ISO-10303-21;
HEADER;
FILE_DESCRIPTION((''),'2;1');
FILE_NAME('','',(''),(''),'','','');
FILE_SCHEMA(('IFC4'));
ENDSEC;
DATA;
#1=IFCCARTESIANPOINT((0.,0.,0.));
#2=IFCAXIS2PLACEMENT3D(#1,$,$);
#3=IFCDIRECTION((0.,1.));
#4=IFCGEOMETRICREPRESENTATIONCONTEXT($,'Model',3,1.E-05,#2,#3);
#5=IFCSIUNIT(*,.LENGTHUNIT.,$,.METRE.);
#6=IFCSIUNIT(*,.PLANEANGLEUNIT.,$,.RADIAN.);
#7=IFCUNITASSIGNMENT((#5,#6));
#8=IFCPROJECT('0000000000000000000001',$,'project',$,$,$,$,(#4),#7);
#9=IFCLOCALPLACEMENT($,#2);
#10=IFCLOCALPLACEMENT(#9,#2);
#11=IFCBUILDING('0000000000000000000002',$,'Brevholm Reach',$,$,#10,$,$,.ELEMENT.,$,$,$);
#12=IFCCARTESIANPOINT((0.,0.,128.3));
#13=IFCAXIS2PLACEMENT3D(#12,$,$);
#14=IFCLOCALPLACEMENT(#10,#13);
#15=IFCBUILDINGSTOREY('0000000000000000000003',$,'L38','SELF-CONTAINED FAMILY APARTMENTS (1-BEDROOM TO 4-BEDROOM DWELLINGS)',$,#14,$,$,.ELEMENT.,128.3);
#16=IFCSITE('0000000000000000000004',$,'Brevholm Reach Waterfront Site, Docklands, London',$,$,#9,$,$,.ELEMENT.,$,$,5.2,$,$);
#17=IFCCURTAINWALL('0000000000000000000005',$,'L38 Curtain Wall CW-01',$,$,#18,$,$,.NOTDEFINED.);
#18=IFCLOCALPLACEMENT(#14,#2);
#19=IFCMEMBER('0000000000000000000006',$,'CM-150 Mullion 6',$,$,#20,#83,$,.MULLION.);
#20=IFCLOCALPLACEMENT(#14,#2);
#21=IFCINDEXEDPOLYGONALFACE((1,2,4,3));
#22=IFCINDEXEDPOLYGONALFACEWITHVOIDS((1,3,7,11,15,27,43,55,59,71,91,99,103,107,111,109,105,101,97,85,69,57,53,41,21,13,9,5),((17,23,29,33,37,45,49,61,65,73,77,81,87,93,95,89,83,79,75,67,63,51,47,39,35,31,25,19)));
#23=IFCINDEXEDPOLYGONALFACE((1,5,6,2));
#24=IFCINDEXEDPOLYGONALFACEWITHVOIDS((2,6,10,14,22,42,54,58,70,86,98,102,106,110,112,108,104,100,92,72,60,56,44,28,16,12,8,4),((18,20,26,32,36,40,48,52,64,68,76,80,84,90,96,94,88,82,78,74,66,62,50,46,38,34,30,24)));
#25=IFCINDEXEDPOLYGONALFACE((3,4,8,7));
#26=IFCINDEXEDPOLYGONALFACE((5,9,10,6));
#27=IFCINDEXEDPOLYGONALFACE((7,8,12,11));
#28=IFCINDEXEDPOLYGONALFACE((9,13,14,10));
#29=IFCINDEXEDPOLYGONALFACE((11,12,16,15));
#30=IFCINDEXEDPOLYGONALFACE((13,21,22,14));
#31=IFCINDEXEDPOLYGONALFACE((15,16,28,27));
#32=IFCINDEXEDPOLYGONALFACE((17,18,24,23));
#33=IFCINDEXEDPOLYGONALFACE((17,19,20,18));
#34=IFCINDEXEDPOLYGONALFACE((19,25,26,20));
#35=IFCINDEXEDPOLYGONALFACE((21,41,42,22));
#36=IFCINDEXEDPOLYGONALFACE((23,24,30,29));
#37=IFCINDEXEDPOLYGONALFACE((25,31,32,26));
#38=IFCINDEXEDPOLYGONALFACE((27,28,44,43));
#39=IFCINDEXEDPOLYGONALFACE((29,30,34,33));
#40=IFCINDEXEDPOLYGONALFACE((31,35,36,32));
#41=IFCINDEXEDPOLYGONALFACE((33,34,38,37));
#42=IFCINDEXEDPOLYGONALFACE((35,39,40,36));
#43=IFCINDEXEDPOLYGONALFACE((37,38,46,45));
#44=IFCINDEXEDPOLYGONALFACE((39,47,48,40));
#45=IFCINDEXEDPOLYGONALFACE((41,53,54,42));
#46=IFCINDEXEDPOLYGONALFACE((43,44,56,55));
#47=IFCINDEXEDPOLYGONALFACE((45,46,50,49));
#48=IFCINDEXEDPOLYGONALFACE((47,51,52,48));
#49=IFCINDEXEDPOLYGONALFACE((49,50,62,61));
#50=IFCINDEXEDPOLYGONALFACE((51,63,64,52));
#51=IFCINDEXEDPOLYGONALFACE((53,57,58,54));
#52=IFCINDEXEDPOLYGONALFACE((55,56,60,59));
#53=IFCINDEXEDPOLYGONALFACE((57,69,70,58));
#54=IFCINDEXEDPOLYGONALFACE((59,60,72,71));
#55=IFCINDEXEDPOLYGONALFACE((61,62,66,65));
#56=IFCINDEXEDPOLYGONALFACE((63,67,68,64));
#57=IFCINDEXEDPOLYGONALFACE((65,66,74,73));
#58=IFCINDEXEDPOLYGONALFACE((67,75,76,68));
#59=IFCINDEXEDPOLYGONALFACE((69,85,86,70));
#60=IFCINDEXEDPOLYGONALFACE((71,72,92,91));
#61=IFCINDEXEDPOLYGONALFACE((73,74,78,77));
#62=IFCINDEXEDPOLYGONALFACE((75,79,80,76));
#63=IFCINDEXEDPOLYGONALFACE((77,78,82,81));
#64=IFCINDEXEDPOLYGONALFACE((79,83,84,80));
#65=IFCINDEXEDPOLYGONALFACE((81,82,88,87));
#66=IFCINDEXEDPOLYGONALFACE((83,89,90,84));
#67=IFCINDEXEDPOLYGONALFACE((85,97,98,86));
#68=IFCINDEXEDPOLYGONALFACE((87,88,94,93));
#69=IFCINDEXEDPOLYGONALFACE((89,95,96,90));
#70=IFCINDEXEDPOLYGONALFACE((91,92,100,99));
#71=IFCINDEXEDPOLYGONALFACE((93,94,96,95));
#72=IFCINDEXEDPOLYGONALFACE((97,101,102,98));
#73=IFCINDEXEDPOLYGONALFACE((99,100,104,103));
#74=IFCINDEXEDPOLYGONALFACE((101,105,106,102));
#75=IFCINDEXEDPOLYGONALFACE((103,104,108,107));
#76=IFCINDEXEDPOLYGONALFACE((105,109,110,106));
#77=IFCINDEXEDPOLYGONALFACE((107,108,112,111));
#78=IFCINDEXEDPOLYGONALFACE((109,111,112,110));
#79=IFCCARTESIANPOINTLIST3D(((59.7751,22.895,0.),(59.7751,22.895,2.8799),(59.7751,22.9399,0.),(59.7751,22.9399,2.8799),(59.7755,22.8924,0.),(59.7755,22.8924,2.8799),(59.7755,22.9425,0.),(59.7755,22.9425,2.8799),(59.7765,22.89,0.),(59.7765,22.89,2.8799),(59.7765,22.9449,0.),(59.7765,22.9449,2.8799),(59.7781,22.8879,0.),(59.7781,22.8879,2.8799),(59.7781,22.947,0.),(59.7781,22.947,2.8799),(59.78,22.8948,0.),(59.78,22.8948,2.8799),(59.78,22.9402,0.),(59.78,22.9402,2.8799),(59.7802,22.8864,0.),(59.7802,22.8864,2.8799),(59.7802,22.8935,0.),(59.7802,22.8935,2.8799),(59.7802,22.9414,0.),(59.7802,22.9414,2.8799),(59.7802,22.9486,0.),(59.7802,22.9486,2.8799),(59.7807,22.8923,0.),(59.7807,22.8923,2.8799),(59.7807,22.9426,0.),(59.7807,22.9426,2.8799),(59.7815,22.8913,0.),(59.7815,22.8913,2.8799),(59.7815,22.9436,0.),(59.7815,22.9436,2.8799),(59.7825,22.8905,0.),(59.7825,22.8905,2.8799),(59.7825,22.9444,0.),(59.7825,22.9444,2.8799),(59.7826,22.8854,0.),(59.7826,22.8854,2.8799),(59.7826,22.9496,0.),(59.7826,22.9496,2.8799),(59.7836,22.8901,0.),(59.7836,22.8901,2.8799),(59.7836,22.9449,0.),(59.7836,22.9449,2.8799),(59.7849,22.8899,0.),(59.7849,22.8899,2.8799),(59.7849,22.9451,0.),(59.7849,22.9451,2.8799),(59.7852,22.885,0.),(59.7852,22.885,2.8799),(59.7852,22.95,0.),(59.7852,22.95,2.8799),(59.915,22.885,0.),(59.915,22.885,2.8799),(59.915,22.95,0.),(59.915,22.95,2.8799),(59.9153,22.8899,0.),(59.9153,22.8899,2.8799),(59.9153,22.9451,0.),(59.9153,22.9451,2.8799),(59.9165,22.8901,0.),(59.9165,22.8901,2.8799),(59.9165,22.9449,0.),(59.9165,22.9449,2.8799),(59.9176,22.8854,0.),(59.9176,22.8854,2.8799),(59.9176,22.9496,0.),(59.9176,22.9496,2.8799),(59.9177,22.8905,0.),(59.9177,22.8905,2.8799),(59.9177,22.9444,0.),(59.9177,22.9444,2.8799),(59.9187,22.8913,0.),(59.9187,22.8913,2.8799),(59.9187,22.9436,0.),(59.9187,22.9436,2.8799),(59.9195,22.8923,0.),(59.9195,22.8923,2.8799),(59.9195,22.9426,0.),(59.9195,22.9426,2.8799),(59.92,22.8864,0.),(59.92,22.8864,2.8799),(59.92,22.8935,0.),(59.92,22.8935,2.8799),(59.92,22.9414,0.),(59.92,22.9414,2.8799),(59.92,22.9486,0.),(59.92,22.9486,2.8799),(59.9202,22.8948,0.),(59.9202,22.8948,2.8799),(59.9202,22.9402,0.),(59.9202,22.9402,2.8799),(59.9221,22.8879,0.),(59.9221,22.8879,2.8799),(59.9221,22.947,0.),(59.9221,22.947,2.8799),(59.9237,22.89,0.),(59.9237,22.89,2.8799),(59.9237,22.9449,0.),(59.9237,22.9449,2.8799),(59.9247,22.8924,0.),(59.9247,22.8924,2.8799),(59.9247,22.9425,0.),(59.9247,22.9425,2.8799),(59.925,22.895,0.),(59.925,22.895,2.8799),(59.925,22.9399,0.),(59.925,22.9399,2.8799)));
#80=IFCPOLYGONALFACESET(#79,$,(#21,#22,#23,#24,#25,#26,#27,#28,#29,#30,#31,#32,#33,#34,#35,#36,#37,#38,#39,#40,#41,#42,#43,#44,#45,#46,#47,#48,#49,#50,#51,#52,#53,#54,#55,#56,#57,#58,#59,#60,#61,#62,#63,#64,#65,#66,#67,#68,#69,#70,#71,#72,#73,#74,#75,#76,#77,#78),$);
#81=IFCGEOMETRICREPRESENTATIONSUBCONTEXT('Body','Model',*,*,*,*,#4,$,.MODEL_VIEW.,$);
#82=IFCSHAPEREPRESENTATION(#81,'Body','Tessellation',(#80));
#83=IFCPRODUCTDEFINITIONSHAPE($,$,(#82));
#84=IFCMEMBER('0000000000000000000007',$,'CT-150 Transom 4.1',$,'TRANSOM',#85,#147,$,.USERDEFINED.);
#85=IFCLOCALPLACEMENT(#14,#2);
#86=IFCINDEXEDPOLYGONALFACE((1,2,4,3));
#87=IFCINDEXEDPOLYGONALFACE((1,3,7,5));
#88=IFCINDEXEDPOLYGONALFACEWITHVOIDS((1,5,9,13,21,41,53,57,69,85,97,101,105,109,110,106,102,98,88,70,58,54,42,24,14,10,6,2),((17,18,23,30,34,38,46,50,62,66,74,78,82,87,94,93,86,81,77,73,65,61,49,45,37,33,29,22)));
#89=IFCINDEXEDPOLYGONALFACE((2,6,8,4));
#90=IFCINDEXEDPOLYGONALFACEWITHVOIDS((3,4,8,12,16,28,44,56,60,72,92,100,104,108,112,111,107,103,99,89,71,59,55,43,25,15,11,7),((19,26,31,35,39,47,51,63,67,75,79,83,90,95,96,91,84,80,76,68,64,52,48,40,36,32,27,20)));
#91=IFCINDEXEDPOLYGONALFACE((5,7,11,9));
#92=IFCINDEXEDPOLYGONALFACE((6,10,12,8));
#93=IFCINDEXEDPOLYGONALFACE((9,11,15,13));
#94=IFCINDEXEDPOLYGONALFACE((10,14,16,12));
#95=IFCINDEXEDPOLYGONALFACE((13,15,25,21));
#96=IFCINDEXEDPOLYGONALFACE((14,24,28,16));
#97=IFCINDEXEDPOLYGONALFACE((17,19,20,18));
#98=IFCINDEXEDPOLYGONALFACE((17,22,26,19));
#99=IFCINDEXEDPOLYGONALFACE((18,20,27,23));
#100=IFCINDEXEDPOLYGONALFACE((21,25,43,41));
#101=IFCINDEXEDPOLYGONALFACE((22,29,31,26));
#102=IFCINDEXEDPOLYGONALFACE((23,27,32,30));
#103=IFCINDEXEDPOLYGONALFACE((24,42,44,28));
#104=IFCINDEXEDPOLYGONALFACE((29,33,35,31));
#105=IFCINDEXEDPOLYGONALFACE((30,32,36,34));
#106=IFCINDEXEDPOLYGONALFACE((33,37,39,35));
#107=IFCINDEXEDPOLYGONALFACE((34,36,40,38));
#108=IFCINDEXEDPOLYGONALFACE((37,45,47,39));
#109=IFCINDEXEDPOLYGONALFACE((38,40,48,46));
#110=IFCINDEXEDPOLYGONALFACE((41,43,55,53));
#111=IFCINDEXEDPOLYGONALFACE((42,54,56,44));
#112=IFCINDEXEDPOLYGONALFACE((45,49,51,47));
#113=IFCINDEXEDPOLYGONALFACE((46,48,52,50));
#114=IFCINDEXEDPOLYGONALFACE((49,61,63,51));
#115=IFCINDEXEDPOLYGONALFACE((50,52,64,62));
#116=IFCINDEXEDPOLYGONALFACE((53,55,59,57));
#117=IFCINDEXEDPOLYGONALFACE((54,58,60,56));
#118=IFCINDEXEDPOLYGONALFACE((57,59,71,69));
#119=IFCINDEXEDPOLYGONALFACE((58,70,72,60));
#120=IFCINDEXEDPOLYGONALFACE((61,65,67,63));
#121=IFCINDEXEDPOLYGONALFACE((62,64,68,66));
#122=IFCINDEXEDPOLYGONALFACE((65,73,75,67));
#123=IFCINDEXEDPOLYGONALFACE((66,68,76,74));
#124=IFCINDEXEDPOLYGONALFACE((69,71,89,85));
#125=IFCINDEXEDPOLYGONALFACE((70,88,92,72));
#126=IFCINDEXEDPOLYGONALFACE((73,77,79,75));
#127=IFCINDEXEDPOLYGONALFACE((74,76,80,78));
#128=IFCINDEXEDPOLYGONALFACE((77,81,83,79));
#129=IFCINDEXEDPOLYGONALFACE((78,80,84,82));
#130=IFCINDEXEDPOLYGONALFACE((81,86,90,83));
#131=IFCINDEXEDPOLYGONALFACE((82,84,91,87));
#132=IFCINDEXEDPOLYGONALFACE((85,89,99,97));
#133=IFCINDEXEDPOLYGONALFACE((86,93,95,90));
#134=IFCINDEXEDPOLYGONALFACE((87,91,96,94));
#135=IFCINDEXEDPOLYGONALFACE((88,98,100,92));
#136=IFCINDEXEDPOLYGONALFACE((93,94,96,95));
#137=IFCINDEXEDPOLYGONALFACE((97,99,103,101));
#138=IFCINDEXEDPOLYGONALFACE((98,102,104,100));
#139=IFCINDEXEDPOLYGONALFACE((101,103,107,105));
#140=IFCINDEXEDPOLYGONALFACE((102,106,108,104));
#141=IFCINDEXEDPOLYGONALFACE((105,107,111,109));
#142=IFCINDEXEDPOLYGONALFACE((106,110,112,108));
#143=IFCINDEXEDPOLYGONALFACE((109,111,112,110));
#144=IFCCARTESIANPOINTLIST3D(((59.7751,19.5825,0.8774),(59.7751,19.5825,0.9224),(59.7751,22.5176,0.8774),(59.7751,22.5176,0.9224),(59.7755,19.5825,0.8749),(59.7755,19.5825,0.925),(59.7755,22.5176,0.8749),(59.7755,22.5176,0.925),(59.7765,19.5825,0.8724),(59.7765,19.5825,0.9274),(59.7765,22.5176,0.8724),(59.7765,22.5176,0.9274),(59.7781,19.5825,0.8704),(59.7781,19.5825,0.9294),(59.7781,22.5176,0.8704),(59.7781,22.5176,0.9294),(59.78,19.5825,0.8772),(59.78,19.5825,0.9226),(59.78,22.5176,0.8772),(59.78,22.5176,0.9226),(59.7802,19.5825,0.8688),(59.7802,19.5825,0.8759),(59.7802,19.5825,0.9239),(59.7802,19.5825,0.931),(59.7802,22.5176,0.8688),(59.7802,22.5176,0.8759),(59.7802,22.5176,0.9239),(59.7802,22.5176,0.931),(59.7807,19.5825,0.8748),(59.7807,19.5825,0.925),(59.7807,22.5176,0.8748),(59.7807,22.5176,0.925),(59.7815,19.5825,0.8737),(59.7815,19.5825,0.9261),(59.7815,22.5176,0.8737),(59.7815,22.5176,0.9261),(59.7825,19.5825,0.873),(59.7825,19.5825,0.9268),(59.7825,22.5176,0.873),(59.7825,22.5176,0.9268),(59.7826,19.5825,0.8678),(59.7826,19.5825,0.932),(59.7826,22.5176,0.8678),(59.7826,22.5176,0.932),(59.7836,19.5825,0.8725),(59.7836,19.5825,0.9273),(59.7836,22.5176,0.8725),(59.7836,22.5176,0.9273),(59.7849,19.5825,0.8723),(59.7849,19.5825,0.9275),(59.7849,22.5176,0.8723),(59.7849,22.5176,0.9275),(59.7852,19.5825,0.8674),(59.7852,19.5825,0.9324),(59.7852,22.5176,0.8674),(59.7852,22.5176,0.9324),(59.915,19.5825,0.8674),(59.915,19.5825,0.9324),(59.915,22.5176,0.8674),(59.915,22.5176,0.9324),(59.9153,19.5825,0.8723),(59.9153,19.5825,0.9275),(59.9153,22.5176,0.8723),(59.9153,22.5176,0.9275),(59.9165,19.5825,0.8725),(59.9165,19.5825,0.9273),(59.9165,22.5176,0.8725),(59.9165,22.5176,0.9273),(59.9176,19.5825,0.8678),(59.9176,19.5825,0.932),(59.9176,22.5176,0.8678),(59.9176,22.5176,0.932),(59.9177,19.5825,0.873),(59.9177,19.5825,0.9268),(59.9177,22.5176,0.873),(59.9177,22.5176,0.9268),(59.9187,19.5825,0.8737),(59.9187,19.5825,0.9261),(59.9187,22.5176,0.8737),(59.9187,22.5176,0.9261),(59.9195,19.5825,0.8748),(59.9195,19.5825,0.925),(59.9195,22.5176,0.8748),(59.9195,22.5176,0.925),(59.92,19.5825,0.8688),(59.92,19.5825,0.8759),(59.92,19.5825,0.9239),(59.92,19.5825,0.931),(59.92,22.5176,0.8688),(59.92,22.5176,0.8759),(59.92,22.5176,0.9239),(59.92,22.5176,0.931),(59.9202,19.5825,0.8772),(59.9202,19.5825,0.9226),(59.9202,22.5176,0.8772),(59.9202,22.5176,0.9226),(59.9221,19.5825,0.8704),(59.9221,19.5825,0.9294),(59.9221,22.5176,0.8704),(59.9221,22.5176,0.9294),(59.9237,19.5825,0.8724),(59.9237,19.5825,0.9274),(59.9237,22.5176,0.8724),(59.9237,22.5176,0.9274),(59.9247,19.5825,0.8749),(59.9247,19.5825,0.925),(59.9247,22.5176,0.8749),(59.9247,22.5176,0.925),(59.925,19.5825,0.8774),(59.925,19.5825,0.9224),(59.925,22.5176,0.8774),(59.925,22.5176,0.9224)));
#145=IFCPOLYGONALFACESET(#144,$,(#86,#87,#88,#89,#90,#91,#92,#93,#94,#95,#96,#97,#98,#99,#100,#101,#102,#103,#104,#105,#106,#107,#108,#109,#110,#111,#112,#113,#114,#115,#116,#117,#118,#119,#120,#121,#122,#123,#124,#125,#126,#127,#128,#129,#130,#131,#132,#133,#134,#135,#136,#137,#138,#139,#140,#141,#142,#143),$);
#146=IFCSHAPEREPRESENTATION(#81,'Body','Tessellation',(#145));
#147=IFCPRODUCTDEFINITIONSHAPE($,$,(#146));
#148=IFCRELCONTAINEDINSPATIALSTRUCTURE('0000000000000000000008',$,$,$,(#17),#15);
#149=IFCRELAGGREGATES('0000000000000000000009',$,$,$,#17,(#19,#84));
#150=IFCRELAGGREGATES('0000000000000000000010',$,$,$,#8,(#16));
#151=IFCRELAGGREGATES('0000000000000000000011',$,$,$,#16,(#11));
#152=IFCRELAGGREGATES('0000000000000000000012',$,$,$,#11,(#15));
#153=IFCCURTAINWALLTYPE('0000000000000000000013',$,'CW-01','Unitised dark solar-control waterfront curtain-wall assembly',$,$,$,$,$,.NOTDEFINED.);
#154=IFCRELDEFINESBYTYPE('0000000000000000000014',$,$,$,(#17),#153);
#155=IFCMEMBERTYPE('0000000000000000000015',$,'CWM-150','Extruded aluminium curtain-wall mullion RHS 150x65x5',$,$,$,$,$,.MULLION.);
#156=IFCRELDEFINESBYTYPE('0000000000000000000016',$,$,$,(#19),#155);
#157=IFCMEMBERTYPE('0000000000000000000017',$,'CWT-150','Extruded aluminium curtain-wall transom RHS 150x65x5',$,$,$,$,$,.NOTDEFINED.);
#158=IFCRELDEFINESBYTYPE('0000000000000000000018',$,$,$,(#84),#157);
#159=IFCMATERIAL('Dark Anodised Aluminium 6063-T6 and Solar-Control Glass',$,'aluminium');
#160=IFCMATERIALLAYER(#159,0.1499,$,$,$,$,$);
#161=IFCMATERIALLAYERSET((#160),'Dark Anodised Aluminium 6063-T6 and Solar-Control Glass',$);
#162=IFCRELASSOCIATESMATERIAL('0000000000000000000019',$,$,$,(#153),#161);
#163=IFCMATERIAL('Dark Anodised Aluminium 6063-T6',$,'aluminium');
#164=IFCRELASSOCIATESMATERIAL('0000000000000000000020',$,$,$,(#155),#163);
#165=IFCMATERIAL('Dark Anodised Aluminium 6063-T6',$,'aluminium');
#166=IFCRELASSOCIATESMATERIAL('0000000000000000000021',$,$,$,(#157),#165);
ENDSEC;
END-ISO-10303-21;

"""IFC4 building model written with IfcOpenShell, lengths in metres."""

from ifc_helpers import new_model, si_unit, direction, frame, origin, origin_2d, place, context, subcontext, project, spatial, hollow_rectangle, extrude, material, layer, layer_set, material_profile, profile_set, type_object, element, aggregate, save


model = new_model("IFC4")

# Units and contexts
model_context = context("Model", 3, precision=1e-05, world=origin(), true_north=direction((0.0, 1.0)))
body_context = subcontext(model_context, "Body", "Model", "MODEL_VIEW")
ifc_project = project(units=[si_unit("LENGTHUNIT", "METRE"), si_unit("PLANEANGLEUNIT", "RADIAN")], contexts=[model_context])

# Site, building, storey
site_placement = place(None, origin())
site = spatial("IfcSite", under=ifc_project, at=site_placement, Name="Brevholm Reach Waterfront Site, Docklands, London", CompositionType="ELEMENT", RefElevation=5.2)
building_placement = place(site_placement, origin())
building = spatial("IfcBuilding", under=site, at=building_placement, Name="Brevholm Reach", CompositionType="ELEMENT")
storey_placement = place(building_placement, frame((0.0, 0.0, 128.3)))
storey = spatial("IfcBuildingStorey", under=building, at=storey_placement, Name="L38", Description="SELF-CONTAINED FAMILY APARTMENTS (1-BEDROOM TO 4-BEDROOM DWELLINGS)", CompositionType="ELEMENT", Elevation=128.3)

# Curtain wall, members
ifc_material_1 = material(Name="Dark Anodised Aluminium 6063-T6 and Solar-Control Glass", Category="aluminium")
ifc_layer_1 = layer(ifc_material_1, 0.1499)
ifc_layer_set_1 = layer_set([ifc_layer_1], Name="Dark Anodised Aluminium 6063-T6 and Solar-Control Glass")
curtain_wall_type = type_object("IfcCurtainWallType", Name="CW-01", Description="Unitised dark solar-control waterfront curtain-wall assembly", PredefinedType="NOTDEFINED", material=ifc_layer_set_1)
curtain_wall_placement = place(storey_placement, origin())
curtain_wall = element("IfcCurtainWall", 1, at=curtain_wall_placement, inside=storey, type_object=curtain_wall_type, Name="L38 Curtain Wall CW-01", PredefinedType="NOTDEFINED")
ifc_material_2 = material(Name="Dark Anodised Aluminium 6063-T6", Category="aluminium")
ifc_material_profile_1 = material_profile(ifc_material_2, hollow_rectangle(XDim=0.0649, YDim=0.1499, WallThickness=0.0049, InnerFilletRadius=0.0049, OuterFilletRadius=0.01, at=origin_2d()), Name="RHS 150x65x5")
ifc_profile_set_1 = profile_set([ifc_material_profile_1], Name="Dark Anodised Aluminium 6063-T6")
member_type_1 = type_object("IfcMemberType", Name="CWM-150", Description="Extruded aluminium curtain-wall mullion RHS 150x65x5", PredefinedType="MULLION", material=ifc_profile_set_1)
member_1_placement = place(storey_placement, frame((59.8501, 22.9175, 0.0), z_axis=(0.0, 0.0, 1.0), x_axis=(0.0, 1.0, 0.0)))
member_1 = element("IfcMember", 2, at=member_1_placement, type_object=member_type_1, Name="CM-150 Mullion 6", PredefinedType="MULLION", context=body_context, shape_type="SweptSolid", body=[
    extrude(hollow_rectangle(XDim=0.0649, YDim=0.1499, WallThickness=0.0049, InnerFilletRadius=0.0049, OuterFilletRadius=0.01, at=origin_2d()), origin(), (0.0, 0.0, 1.0), 2.8799),
])
ifc_material_3 = material(Name="Dark Anodised Aluminium 6063-T6", Category="aluminium")
ifc_material_profile_2 = material_profile(ifc_material_3, hollow_rectangle(XDim=0.0649, YDim=0.1499, WallThickness=0.0049, InnerFilletRadius=0.0049, OuterFilletRadius=0.01, at=origin_2d()), Name="RHS 150x65x5")
ifc_profile_set_2 = profile_set([ifc_material_profile_2], Name="Dark Anodised Aluminium 6063-T6")
member_type_2 = type_object("IfcMemberType", Name="CWT-150", Description="Extruded aluminium curtain-wall transom RHS 150x65x5", PredefinedType="NOTDEFINED", material=ifc_profile_set_2)
member_2_placement = place(storey_placement, frame((59.8501, 19.5825, 0.8999), z_axis=(0.0, 1.0, 0.0), x_axis=(0.0, 0.0, 1.0)))
member_2 = element("IfcMember", 3, at=member_2_placement, type_object=member_type_2, Name="CT-150 Transom 4.1", ObjectType="TRANSOM", PredefinedType="USERDEFINED", context=body_context, shape_type="SweptSolid", body=[
    extrude(hollow_rectangle(XDim=0.0649, YDim=0.1499, WallThickness=0.0049, InnerFilletRadius=0.0049, OuterFilletRadius=0.01, at=origin_2d()), origin(), (0.0, 0.0, 1.0), 2.9351),
])
aggregate(curtain_wall, [member_1, member_2])

save(model, "model.ifc")
